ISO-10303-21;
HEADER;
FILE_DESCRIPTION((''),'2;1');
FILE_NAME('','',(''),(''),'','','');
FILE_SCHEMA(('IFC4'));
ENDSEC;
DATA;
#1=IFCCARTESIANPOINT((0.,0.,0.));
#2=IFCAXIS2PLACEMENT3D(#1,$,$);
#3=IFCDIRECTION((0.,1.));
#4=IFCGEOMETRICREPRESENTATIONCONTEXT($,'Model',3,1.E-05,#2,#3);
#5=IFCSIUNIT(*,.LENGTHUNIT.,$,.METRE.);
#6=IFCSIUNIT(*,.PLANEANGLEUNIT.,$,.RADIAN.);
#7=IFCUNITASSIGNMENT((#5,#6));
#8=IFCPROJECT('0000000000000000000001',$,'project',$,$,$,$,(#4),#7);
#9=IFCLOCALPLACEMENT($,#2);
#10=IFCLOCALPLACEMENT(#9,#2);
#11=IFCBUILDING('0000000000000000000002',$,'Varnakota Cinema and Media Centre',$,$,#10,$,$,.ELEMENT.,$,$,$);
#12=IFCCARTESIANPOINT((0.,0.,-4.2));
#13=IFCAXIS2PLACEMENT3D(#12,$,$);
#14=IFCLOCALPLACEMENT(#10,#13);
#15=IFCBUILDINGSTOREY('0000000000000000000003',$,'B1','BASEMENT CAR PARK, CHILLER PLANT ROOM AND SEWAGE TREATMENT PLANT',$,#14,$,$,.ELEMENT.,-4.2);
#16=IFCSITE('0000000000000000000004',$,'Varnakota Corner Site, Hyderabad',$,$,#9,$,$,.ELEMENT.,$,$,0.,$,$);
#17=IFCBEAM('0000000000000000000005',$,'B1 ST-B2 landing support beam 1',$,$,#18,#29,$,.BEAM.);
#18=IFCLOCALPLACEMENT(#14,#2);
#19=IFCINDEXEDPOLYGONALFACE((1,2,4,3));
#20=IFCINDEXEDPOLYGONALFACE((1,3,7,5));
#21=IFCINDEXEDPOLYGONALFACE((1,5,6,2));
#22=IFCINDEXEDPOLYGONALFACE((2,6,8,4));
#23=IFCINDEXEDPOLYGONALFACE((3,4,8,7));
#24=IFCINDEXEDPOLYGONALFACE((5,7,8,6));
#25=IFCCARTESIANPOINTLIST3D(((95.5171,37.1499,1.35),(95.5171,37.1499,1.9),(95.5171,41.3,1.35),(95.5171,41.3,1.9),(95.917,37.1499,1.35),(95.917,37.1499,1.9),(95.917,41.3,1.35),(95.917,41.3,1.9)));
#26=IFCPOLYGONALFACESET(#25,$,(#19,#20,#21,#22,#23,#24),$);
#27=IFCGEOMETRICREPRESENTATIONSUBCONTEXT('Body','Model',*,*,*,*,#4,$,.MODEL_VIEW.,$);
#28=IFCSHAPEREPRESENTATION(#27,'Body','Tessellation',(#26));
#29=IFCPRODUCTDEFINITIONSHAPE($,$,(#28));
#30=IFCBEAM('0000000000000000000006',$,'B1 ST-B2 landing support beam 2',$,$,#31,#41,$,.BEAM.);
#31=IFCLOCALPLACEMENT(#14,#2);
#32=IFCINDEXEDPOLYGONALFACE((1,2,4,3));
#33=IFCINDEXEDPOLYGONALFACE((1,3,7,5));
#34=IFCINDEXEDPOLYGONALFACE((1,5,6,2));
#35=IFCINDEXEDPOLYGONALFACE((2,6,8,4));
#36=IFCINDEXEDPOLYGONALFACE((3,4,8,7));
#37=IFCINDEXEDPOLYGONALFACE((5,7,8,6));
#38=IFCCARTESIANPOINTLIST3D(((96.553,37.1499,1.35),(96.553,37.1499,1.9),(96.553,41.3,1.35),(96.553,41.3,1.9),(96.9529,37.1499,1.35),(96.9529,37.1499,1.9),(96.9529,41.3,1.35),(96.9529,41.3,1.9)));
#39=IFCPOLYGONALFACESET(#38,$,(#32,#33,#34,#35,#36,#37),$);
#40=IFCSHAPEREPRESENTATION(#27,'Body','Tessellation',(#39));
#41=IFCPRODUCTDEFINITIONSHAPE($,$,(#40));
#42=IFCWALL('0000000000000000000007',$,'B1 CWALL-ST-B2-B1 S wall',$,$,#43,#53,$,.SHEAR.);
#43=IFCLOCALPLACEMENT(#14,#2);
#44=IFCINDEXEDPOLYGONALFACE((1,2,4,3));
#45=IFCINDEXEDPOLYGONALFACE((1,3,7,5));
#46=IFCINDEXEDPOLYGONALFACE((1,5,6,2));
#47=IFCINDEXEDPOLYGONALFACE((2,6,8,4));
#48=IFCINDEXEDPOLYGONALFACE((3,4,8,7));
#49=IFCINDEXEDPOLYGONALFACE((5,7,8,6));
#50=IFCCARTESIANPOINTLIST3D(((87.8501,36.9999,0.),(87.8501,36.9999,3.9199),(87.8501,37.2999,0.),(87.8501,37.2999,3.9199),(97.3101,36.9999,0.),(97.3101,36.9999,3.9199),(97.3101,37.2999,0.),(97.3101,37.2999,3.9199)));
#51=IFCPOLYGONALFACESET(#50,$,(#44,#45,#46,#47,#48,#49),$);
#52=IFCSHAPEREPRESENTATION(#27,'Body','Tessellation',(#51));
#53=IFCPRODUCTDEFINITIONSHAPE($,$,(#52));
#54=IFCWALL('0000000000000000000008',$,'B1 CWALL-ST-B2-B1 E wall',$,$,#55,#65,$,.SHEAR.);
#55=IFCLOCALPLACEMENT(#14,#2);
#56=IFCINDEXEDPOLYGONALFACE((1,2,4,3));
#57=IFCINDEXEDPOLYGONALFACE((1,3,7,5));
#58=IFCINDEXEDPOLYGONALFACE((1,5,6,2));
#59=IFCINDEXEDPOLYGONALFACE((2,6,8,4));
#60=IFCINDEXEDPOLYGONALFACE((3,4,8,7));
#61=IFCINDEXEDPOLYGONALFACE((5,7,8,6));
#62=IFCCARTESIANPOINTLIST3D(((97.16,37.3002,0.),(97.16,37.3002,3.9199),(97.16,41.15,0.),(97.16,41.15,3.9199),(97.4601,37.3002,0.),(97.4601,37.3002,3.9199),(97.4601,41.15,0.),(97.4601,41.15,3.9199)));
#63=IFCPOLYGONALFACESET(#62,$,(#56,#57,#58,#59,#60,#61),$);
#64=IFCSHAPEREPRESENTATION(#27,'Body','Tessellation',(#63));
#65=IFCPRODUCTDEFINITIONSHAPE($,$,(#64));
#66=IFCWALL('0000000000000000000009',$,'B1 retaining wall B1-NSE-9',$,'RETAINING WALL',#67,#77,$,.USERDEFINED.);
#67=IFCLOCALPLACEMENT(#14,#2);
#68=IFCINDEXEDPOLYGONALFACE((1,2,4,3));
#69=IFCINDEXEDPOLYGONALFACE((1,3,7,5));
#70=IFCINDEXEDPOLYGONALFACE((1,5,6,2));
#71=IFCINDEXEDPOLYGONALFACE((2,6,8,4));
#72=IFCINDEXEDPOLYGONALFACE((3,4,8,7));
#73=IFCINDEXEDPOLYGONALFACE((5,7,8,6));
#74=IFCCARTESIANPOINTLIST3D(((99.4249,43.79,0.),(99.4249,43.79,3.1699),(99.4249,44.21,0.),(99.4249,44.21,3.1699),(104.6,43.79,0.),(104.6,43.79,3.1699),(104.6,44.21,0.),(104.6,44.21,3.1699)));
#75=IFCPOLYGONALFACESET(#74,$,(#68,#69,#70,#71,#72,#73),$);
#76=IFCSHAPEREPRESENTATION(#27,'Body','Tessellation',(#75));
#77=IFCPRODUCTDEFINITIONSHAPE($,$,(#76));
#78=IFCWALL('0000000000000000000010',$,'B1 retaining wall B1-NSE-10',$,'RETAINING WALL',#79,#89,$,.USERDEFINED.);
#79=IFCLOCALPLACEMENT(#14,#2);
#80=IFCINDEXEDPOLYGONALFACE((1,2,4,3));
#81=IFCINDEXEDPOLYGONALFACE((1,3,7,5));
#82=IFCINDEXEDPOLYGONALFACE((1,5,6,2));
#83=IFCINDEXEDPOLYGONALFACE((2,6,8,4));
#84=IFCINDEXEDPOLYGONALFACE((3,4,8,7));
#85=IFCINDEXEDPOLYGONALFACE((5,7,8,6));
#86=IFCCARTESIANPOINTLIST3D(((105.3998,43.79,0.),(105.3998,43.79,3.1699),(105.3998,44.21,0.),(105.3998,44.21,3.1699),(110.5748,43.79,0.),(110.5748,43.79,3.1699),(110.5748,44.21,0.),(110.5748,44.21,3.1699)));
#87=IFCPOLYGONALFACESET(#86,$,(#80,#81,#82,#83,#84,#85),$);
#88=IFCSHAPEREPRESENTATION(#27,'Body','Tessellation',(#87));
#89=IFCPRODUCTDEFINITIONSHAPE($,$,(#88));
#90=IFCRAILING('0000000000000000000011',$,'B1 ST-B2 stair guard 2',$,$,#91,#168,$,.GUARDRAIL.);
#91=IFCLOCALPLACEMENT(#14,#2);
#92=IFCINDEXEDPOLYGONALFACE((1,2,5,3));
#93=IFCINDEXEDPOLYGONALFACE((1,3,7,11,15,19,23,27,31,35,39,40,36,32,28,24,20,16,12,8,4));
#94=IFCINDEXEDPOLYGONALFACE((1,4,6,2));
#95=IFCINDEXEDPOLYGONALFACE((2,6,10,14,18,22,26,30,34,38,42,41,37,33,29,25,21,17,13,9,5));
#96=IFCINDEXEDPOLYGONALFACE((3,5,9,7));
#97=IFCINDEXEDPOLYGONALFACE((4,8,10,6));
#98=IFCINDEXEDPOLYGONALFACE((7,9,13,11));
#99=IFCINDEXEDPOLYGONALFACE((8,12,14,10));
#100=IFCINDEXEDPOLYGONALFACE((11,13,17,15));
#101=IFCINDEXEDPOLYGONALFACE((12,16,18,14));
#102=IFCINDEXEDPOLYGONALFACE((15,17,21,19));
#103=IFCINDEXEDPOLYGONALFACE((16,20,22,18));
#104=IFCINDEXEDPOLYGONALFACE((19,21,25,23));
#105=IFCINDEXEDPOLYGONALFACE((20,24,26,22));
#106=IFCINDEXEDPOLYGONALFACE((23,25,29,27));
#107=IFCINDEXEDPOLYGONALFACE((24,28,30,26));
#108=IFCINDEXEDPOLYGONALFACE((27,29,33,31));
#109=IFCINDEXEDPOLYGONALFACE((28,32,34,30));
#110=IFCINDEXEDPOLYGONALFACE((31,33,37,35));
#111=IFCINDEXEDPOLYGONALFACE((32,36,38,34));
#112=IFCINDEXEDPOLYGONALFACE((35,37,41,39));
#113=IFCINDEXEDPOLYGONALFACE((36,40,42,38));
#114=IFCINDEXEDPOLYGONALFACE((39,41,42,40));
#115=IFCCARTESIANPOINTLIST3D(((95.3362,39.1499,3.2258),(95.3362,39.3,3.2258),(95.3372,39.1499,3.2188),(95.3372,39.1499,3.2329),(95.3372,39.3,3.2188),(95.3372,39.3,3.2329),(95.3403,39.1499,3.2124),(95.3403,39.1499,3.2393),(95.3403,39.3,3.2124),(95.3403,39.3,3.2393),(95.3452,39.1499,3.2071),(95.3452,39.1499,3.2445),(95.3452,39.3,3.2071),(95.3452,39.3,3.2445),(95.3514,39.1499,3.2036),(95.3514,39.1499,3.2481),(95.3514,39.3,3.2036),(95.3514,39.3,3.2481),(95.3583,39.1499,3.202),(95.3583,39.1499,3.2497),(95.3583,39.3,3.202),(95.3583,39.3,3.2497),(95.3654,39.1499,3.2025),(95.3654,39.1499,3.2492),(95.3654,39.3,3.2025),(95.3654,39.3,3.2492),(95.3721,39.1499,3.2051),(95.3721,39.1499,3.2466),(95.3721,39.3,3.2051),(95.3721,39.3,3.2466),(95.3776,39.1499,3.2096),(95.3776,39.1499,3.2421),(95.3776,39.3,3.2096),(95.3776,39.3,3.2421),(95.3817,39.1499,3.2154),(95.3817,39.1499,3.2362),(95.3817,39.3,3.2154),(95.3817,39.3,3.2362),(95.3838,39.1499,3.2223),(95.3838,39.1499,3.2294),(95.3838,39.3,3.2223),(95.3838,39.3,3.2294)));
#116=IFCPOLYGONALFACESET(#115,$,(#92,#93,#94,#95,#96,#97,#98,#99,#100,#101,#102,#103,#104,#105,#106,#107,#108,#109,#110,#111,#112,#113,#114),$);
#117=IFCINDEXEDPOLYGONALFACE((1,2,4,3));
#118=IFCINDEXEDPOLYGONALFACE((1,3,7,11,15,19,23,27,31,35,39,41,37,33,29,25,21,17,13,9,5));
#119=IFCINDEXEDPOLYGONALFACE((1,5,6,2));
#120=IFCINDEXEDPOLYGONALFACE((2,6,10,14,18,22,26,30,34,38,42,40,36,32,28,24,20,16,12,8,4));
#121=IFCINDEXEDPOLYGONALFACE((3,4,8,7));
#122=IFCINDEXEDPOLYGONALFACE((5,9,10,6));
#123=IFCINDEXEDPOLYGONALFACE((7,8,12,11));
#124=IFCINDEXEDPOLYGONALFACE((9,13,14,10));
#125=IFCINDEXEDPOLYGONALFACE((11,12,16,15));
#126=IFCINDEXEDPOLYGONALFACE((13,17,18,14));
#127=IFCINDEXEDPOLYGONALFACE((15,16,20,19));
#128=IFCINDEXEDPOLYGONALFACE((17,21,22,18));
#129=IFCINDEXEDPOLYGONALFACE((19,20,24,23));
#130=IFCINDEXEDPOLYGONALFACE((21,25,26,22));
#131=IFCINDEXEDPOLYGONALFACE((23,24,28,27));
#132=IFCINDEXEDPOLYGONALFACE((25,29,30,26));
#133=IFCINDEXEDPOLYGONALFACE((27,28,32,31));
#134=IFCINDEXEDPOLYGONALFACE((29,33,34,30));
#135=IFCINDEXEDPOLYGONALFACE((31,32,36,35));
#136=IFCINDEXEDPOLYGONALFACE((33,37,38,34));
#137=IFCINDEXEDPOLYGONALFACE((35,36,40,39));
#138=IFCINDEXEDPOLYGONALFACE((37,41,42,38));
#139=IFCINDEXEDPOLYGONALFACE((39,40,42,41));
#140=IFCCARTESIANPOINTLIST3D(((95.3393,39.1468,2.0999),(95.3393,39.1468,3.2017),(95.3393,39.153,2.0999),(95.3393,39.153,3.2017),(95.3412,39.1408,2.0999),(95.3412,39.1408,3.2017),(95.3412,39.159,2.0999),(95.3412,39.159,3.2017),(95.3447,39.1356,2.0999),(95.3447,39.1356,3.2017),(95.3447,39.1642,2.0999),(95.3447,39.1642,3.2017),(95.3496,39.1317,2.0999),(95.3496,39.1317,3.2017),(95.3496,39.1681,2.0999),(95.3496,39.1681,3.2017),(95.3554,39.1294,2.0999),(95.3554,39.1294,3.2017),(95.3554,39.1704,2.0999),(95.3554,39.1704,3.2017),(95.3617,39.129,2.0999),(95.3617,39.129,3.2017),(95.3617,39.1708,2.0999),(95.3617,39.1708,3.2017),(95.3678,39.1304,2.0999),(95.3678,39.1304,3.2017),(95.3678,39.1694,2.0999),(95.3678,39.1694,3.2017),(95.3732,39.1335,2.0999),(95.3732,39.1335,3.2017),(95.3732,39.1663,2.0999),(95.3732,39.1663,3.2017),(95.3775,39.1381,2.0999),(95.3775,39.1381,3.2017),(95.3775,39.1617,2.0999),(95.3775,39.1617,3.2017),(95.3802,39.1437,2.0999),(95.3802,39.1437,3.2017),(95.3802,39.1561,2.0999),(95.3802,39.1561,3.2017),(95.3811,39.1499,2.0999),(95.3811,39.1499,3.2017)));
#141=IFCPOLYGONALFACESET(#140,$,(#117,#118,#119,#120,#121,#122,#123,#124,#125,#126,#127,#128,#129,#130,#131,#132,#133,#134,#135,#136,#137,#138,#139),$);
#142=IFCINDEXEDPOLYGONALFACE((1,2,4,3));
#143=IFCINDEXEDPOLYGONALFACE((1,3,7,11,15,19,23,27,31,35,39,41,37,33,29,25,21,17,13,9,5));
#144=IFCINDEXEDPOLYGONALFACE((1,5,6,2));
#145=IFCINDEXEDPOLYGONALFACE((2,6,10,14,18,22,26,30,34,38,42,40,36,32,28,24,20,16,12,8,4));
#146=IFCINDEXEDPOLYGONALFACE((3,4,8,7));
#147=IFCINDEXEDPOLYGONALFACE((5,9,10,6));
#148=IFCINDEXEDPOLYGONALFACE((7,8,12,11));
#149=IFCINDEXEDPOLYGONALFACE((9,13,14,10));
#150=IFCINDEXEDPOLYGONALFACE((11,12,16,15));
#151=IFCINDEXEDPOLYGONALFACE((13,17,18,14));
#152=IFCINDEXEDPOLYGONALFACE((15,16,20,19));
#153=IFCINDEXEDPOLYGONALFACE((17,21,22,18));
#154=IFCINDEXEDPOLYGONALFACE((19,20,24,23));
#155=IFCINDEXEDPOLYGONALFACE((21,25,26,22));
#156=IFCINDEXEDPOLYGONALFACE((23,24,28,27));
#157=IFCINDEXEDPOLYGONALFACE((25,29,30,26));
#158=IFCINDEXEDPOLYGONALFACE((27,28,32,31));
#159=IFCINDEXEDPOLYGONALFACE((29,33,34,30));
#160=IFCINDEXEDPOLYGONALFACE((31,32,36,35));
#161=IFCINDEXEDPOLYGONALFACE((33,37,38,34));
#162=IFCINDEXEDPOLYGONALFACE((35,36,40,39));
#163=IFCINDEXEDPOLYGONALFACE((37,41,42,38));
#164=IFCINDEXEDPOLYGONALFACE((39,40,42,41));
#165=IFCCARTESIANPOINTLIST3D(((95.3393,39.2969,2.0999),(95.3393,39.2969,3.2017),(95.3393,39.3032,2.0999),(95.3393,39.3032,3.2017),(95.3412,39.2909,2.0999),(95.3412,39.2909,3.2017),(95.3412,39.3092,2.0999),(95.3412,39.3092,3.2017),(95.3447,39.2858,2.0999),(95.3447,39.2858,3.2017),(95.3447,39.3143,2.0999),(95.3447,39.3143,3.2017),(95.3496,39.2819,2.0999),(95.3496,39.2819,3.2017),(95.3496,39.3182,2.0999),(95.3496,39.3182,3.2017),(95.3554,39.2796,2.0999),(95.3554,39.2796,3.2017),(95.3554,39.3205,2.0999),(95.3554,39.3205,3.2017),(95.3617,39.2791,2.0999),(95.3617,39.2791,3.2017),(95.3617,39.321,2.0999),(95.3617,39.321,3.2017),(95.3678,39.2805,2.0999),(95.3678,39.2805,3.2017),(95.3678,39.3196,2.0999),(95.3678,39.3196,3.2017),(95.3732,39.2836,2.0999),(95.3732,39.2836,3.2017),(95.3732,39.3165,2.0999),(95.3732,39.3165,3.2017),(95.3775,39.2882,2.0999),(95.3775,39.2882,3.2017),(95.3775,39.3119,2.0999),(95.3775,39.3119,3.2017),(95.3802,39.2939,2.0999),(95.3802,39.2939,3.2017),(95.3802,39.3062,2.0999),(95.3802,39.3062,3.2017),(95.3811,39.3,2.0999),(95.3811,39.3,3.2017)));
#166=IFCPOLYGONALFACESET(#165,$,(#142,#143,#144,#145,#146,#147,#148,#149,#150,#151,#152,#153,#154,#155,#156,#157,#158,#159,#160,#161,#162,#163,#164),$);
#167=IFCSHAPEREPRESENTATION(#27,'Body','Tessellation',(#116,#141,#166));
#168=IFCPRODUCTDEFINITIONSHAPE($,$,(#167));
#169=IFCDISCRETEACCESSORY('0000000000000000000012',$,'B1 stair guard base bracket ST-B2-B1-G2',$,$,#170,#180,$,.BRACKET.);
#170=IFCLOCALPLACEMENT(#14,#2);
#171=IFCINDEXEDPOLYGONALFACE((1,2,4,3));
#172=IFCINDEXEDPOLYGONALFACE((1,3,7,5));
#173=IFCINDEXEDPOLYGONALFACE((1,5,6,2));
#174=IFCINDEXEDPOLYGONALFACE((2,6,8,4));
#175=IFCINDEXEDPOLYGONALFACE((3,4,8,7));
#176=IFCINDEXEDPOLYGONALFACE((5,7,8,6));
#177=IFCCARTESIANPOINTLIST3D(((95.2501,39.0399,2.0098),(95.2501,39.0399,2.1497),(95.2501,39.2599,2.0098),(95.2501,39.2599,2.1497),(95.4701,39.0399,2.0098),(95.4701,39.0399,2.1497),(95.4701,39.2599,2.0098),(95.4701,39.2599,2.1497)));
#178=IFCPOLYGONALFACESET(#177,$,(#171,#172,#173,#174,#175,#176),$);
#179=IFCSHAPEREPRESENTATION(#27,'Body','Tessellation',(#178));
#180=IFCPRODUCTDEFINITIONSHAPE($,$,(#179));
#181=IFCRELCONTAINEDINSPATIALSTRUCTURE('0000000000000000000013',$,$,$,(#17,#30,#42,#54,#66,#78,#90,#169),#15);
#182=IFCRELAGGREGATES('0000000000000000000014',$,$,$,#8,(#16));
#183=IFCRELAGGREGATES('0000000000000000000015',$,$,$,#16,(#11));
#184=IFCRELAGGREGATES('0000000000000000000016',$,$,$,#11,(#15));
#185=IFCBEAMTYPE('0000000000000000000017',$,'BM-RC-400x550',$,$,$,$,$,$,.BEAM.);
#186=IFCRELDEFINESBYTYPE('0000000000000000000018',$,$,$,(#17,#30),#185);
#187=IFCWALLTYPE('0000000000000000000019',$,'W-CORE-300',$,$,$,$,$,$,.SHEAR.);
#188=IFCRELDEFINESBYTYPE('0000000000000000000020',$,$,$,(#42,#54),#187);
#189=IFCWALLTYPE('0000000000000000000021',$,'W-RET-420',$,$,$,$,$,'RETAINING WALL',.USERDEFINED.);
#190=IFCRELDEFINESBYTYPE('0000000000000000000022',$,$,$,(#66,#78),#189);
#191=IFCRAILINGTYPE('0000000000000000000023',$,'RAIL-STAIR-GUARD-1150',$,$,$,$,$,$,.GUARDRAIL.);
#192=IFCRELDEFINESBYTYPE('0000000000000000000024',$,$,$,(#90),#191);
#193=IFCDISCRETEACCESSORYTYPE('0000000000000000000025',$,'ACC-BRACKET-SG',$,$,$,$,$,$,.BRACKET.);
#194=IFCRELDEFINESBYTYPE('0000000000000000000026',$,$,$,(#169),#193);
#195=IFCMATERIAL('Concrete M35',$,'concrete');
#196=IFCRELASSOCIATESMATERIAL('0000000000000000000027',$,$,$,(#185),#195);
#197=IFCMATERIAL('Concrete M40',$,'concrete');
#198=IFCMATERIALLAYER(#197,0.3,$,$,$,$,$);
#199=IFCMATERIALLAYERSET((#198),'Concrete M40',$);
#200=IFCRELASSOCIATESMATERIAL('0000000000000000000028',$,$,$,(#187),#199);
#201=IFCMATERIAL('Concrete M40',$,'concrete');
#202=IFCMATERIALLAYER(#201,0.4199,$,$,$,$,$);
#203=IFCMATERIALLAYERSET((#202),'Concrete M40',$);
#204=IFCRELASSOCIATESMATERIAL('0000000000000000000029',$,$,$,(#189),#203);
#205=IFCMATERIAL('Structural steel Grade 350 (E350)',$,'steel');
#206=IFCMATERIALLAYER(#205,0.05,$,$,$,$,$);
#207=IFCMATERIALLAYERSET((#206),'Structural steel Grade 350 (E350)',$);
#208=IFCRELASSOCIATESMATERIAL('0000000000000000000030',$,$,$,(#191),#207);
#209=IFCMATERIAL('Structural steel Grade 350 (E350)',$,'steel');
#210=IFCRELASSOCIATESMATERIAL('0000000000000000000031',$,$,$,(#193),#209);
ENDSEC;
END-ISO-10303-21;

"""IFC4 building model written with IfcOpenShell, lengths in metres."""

from ifc_helpers import new_model, si_unit, direction, frame, frame_2d, origin, origin_2d, place, context, subcontext, project, spatial, rectangle, circle, extrude, material, layer, layer_set, material_profile, profile_set, type_object, element, save


model = new_model("IFC4")

# Units and contexts
model_context = context("Model", 3, precision=1e-05, world=origin(), true_north=direction((0.0, 1.0)))
body_context = subcontext(model_context, "Body", "Model", "MODEL_VIEW")
ifc_project = project(units=[si_unit("LENGTHUNIT", "METRE"), si_unit("PLANEANGLEUNIT", "RADIAN")], contexts=[model_context])

# Site, building, storey
site_placement = place(None, origin())
site = spatial("IfcSite", under=ifc_project, at=site_placement, Name="Varnakota Corner Site, Hyderabad", CompositionType="ELEMENT", RefElevation=0.0)
building_placement = place(site_placement, origin())
building = spatial("IfcBuilding", under=site, at=building_placement, Name="Varnakota Cinema and Media Centre", CompositionType="ELEMENT")
storey_placement = place(building_placement, frame((0.0, 0.0, -4.2)))
storey = spatial("IfcBuildingStorey", under=building, at=storey_placement, Name="B1", Description="BASEMENT CAR PARK, CHILLER PLANT ROOM AND SEWAGE TREATMENT PLANT", CompositionType="ELEMENT", Elevation=-4.2)

# Beams
ifc_material_1 = material(Name="Concrete M35", Category="concrete")
ifc_material_profile_1 = material_profile(ifc_material_1, rectangle(XDim=0.3999, YDim=0.55, at=origin_2d()), Name="RCB 400x550")
ifc_profile_set_1 = profile_set([ifc_material_profile_1], Name="Concrete M35")
beam_type = type_object("IfcBeamType", Name="BM-RC-400x550", PredefinedType="BEAM", material=ifc_profile_set_1)
for number, where, z_axis, x_axis, name in (
    (1, (95.717, 37.1499, 1.625), (0.0, 1.0, 0.0), (-1.0, 0.0, 0.0), "B1 ST-B2 landing support beam 1"),
    (2, (96.7529, 37.1499, 1.625), (0.0, 1.0, 0.0), (-1.0, 0.0, 0.0), "B1 ST-B2 landing support beam 2"),
):
    element("IfcBeam", number, at=place(storey_placement, frame(where, z_axis=z_axis, x_axis=x_axis)), inside=storey, type_object=beam_type, Name=name, PredefinedType="BEAM", context=body_context, shape_type="SweptSolid", body=[
        extrude(rectangle(XDim=0.3999, YDim=0.55, at=origin_2d()), origin(), (0.0, 0.0, 1.0), 4.1501),
    ])

# Walls
ifc_material_2 = material(Name="Concrete M40", Category="concrete")
ifc_layer_1 = layer(ifc_material_2, 0.3)
ifc_layer_set_1 = layer_set([ifc_layer_1], Name="Concrete M40")
wall_type_1 = type_object("IfcWallType", Name="W-CORE-300", PredefinedType="SHEAR", material=ifc_layer_set_1)
wall_1_placement = place(storey_placement, frame((97.3101, 37.1499, 0.0), z_axis=(0.0, 0.0, 1.0), x_axis=(-1.0, 0.0, 0.0)))
element("IfcWall", 3, at=wall_1_placement, inside=storey, type_object=wall_type_1, Name="B1 CWALL-ST-B2-B1 S wall", PredefinedType="SHEAR", context=body_context, shape_type="SweptSolid", body=[
    extrude(rectangle(XDim=9.46, YDim=0.3, at=frame_2d((4.73, 0.0))), origin(), (0.0, 0.0, 1.0), 3.9199),
])
wall_2_placement = place(storey_placement, frame((97.3101, 41.1499, 0.0), z_axis=(0.0, 0.0, 1.0), x_axis=(0.0, -1.0, 0.0)))
element("IfcWall", 4, at=wall_2_placement, inside=storey, type_object=wall_type_1, Name="B1 CWALL-ST-B2-B1 E wall", PredefinedType="SHEAR", context=body_context, shape_type="SweptSolid", body=[
    extrude(rectangle(XDim=3.8499, YDim=0.3, at=frame_2d((1.9248, 0.0))), origin(), (0.0, 0.0, 1.0), 3.9199),
])
ifc_material_3 = material(Name="Concrete M40", Category="concrete")
ifc_layer_2 = layer(ifc_material_3, 0.4199)
ifc_layer_set_2 = layer_set([ifc_layer_2], Name="Concrete M40")
wall_type_2 = type_object("IfcWallType", Name="W-RET-420", ElementType="RETAINING WALL", PredefinedType="USERDEFINED", material=ifc_layer_set_2)
for number, where, z_axis, x_axis, name in (
    (5, (99.425, 44.0, 0.0), (0.0, 0.0, 1.0), (1.0, 0.0, 0.0), "B1 retaining wall B1-NSE-9"),
    (6, (105.3999, 44.0, 0.0), (0.0, 0.0, 1.0), (1.0, 0.0, 0.0), "B1 retaining wall B1-NSE-10"),
):
    element("IfcWall", number, at=place(storey_placement, frame(where, z_axis=z_axis, x_axis=x_axis)), inside=storey, type_object=wall_type_2, Name=name, ObjectType="RETAINING WALL", PredefinedType="USERDEFINED", context=body_context, shape_type="SweptSolid", body=[
        extrude(rectangle(XDim=5.175, YDim=0.4199, at=frame_2d((2.5874, 0.0))), origin(), (0.0, 0.0, 1.0), 3.1699),
    ])

# Railing
ifc_material_4 = material(Name="Structural steel Grade 350 (E350)", Category="steel")
ifc_layer_3 = layer(ifc_material_4, 0.05)
ifc_layer_set_3 = layer_set([ifc_layer_3], Name="Structural steel Grade 350 (E350)")
railing_type = type_object("IfcRailingType", Name="RAIL-STAIR-GUARD-1150", PredefinedType="GUARDRAIL", material=ifc_layer_set_3)
railing_placement = place(storey_placement, frame((95.3601, 39.1499, 2.0999)))
element("IfcRailing", 7, at=railing_placement, inside=storey, type_object=railing_type, Name="B1 ST-B2 stair guard 2", PredefinedType="GUARDRAIL", context=body_context, shape_type="SweptSolid", body=[
    extrude(circle(Radius=0.0239, at=origin_2d()), frame((0.0, 0.0, 1.126), z_axis=(0.0, 1.0, 0.0), x_axis=(-1.0, 0.0, 0.0)), (0.0, 0.0, 1.0), 0.1501),
    extrude(circle(Radius=0.021, at=origin_2d()), origin(), (0.0, 0.0, 1.0), 1.1018),
    extrude(circle(Radius=0.021, at=origin_2d()), frame((0.0, 0.1501, 0.0)), (0.0, 0.0, 1.0), 1.1018),
])

# Discrete accessory
ifc_material_5 = material(Name="Structural steel Grade 350 (E350)", Category="steel")
discrete_accessory_type = type_object("IfcDiscreteAccessoryType", Name="ACC-BRACKET-SG", PredefinedType="BRACKET", material=ifc_material_5)
discrete_accessory_placement = place(storey_placement, frame((95.3601, 39.1499, 2.0098), z_axis=(0.0, 0.0, 1.0), x_axis=(1.0, 0.0, 0.0)))
element("IfcDiscreteAccessory", 8, at=discrete_accessory_placement, inside=storey, type_object=discrete_accessory_type, Name="B1 stair guard base bracket ST-B2-B1-G2", PredefinedType="BRACKET", context=body_context, shape_type="SweptSolid", body=[
    extrude(rectangle(XDim=0.22, YDim=0.22, at=origin_2d()), origin(), (0.0, 0.0, 1.0), 0.1399),
])

save(model, "model.ifc")
